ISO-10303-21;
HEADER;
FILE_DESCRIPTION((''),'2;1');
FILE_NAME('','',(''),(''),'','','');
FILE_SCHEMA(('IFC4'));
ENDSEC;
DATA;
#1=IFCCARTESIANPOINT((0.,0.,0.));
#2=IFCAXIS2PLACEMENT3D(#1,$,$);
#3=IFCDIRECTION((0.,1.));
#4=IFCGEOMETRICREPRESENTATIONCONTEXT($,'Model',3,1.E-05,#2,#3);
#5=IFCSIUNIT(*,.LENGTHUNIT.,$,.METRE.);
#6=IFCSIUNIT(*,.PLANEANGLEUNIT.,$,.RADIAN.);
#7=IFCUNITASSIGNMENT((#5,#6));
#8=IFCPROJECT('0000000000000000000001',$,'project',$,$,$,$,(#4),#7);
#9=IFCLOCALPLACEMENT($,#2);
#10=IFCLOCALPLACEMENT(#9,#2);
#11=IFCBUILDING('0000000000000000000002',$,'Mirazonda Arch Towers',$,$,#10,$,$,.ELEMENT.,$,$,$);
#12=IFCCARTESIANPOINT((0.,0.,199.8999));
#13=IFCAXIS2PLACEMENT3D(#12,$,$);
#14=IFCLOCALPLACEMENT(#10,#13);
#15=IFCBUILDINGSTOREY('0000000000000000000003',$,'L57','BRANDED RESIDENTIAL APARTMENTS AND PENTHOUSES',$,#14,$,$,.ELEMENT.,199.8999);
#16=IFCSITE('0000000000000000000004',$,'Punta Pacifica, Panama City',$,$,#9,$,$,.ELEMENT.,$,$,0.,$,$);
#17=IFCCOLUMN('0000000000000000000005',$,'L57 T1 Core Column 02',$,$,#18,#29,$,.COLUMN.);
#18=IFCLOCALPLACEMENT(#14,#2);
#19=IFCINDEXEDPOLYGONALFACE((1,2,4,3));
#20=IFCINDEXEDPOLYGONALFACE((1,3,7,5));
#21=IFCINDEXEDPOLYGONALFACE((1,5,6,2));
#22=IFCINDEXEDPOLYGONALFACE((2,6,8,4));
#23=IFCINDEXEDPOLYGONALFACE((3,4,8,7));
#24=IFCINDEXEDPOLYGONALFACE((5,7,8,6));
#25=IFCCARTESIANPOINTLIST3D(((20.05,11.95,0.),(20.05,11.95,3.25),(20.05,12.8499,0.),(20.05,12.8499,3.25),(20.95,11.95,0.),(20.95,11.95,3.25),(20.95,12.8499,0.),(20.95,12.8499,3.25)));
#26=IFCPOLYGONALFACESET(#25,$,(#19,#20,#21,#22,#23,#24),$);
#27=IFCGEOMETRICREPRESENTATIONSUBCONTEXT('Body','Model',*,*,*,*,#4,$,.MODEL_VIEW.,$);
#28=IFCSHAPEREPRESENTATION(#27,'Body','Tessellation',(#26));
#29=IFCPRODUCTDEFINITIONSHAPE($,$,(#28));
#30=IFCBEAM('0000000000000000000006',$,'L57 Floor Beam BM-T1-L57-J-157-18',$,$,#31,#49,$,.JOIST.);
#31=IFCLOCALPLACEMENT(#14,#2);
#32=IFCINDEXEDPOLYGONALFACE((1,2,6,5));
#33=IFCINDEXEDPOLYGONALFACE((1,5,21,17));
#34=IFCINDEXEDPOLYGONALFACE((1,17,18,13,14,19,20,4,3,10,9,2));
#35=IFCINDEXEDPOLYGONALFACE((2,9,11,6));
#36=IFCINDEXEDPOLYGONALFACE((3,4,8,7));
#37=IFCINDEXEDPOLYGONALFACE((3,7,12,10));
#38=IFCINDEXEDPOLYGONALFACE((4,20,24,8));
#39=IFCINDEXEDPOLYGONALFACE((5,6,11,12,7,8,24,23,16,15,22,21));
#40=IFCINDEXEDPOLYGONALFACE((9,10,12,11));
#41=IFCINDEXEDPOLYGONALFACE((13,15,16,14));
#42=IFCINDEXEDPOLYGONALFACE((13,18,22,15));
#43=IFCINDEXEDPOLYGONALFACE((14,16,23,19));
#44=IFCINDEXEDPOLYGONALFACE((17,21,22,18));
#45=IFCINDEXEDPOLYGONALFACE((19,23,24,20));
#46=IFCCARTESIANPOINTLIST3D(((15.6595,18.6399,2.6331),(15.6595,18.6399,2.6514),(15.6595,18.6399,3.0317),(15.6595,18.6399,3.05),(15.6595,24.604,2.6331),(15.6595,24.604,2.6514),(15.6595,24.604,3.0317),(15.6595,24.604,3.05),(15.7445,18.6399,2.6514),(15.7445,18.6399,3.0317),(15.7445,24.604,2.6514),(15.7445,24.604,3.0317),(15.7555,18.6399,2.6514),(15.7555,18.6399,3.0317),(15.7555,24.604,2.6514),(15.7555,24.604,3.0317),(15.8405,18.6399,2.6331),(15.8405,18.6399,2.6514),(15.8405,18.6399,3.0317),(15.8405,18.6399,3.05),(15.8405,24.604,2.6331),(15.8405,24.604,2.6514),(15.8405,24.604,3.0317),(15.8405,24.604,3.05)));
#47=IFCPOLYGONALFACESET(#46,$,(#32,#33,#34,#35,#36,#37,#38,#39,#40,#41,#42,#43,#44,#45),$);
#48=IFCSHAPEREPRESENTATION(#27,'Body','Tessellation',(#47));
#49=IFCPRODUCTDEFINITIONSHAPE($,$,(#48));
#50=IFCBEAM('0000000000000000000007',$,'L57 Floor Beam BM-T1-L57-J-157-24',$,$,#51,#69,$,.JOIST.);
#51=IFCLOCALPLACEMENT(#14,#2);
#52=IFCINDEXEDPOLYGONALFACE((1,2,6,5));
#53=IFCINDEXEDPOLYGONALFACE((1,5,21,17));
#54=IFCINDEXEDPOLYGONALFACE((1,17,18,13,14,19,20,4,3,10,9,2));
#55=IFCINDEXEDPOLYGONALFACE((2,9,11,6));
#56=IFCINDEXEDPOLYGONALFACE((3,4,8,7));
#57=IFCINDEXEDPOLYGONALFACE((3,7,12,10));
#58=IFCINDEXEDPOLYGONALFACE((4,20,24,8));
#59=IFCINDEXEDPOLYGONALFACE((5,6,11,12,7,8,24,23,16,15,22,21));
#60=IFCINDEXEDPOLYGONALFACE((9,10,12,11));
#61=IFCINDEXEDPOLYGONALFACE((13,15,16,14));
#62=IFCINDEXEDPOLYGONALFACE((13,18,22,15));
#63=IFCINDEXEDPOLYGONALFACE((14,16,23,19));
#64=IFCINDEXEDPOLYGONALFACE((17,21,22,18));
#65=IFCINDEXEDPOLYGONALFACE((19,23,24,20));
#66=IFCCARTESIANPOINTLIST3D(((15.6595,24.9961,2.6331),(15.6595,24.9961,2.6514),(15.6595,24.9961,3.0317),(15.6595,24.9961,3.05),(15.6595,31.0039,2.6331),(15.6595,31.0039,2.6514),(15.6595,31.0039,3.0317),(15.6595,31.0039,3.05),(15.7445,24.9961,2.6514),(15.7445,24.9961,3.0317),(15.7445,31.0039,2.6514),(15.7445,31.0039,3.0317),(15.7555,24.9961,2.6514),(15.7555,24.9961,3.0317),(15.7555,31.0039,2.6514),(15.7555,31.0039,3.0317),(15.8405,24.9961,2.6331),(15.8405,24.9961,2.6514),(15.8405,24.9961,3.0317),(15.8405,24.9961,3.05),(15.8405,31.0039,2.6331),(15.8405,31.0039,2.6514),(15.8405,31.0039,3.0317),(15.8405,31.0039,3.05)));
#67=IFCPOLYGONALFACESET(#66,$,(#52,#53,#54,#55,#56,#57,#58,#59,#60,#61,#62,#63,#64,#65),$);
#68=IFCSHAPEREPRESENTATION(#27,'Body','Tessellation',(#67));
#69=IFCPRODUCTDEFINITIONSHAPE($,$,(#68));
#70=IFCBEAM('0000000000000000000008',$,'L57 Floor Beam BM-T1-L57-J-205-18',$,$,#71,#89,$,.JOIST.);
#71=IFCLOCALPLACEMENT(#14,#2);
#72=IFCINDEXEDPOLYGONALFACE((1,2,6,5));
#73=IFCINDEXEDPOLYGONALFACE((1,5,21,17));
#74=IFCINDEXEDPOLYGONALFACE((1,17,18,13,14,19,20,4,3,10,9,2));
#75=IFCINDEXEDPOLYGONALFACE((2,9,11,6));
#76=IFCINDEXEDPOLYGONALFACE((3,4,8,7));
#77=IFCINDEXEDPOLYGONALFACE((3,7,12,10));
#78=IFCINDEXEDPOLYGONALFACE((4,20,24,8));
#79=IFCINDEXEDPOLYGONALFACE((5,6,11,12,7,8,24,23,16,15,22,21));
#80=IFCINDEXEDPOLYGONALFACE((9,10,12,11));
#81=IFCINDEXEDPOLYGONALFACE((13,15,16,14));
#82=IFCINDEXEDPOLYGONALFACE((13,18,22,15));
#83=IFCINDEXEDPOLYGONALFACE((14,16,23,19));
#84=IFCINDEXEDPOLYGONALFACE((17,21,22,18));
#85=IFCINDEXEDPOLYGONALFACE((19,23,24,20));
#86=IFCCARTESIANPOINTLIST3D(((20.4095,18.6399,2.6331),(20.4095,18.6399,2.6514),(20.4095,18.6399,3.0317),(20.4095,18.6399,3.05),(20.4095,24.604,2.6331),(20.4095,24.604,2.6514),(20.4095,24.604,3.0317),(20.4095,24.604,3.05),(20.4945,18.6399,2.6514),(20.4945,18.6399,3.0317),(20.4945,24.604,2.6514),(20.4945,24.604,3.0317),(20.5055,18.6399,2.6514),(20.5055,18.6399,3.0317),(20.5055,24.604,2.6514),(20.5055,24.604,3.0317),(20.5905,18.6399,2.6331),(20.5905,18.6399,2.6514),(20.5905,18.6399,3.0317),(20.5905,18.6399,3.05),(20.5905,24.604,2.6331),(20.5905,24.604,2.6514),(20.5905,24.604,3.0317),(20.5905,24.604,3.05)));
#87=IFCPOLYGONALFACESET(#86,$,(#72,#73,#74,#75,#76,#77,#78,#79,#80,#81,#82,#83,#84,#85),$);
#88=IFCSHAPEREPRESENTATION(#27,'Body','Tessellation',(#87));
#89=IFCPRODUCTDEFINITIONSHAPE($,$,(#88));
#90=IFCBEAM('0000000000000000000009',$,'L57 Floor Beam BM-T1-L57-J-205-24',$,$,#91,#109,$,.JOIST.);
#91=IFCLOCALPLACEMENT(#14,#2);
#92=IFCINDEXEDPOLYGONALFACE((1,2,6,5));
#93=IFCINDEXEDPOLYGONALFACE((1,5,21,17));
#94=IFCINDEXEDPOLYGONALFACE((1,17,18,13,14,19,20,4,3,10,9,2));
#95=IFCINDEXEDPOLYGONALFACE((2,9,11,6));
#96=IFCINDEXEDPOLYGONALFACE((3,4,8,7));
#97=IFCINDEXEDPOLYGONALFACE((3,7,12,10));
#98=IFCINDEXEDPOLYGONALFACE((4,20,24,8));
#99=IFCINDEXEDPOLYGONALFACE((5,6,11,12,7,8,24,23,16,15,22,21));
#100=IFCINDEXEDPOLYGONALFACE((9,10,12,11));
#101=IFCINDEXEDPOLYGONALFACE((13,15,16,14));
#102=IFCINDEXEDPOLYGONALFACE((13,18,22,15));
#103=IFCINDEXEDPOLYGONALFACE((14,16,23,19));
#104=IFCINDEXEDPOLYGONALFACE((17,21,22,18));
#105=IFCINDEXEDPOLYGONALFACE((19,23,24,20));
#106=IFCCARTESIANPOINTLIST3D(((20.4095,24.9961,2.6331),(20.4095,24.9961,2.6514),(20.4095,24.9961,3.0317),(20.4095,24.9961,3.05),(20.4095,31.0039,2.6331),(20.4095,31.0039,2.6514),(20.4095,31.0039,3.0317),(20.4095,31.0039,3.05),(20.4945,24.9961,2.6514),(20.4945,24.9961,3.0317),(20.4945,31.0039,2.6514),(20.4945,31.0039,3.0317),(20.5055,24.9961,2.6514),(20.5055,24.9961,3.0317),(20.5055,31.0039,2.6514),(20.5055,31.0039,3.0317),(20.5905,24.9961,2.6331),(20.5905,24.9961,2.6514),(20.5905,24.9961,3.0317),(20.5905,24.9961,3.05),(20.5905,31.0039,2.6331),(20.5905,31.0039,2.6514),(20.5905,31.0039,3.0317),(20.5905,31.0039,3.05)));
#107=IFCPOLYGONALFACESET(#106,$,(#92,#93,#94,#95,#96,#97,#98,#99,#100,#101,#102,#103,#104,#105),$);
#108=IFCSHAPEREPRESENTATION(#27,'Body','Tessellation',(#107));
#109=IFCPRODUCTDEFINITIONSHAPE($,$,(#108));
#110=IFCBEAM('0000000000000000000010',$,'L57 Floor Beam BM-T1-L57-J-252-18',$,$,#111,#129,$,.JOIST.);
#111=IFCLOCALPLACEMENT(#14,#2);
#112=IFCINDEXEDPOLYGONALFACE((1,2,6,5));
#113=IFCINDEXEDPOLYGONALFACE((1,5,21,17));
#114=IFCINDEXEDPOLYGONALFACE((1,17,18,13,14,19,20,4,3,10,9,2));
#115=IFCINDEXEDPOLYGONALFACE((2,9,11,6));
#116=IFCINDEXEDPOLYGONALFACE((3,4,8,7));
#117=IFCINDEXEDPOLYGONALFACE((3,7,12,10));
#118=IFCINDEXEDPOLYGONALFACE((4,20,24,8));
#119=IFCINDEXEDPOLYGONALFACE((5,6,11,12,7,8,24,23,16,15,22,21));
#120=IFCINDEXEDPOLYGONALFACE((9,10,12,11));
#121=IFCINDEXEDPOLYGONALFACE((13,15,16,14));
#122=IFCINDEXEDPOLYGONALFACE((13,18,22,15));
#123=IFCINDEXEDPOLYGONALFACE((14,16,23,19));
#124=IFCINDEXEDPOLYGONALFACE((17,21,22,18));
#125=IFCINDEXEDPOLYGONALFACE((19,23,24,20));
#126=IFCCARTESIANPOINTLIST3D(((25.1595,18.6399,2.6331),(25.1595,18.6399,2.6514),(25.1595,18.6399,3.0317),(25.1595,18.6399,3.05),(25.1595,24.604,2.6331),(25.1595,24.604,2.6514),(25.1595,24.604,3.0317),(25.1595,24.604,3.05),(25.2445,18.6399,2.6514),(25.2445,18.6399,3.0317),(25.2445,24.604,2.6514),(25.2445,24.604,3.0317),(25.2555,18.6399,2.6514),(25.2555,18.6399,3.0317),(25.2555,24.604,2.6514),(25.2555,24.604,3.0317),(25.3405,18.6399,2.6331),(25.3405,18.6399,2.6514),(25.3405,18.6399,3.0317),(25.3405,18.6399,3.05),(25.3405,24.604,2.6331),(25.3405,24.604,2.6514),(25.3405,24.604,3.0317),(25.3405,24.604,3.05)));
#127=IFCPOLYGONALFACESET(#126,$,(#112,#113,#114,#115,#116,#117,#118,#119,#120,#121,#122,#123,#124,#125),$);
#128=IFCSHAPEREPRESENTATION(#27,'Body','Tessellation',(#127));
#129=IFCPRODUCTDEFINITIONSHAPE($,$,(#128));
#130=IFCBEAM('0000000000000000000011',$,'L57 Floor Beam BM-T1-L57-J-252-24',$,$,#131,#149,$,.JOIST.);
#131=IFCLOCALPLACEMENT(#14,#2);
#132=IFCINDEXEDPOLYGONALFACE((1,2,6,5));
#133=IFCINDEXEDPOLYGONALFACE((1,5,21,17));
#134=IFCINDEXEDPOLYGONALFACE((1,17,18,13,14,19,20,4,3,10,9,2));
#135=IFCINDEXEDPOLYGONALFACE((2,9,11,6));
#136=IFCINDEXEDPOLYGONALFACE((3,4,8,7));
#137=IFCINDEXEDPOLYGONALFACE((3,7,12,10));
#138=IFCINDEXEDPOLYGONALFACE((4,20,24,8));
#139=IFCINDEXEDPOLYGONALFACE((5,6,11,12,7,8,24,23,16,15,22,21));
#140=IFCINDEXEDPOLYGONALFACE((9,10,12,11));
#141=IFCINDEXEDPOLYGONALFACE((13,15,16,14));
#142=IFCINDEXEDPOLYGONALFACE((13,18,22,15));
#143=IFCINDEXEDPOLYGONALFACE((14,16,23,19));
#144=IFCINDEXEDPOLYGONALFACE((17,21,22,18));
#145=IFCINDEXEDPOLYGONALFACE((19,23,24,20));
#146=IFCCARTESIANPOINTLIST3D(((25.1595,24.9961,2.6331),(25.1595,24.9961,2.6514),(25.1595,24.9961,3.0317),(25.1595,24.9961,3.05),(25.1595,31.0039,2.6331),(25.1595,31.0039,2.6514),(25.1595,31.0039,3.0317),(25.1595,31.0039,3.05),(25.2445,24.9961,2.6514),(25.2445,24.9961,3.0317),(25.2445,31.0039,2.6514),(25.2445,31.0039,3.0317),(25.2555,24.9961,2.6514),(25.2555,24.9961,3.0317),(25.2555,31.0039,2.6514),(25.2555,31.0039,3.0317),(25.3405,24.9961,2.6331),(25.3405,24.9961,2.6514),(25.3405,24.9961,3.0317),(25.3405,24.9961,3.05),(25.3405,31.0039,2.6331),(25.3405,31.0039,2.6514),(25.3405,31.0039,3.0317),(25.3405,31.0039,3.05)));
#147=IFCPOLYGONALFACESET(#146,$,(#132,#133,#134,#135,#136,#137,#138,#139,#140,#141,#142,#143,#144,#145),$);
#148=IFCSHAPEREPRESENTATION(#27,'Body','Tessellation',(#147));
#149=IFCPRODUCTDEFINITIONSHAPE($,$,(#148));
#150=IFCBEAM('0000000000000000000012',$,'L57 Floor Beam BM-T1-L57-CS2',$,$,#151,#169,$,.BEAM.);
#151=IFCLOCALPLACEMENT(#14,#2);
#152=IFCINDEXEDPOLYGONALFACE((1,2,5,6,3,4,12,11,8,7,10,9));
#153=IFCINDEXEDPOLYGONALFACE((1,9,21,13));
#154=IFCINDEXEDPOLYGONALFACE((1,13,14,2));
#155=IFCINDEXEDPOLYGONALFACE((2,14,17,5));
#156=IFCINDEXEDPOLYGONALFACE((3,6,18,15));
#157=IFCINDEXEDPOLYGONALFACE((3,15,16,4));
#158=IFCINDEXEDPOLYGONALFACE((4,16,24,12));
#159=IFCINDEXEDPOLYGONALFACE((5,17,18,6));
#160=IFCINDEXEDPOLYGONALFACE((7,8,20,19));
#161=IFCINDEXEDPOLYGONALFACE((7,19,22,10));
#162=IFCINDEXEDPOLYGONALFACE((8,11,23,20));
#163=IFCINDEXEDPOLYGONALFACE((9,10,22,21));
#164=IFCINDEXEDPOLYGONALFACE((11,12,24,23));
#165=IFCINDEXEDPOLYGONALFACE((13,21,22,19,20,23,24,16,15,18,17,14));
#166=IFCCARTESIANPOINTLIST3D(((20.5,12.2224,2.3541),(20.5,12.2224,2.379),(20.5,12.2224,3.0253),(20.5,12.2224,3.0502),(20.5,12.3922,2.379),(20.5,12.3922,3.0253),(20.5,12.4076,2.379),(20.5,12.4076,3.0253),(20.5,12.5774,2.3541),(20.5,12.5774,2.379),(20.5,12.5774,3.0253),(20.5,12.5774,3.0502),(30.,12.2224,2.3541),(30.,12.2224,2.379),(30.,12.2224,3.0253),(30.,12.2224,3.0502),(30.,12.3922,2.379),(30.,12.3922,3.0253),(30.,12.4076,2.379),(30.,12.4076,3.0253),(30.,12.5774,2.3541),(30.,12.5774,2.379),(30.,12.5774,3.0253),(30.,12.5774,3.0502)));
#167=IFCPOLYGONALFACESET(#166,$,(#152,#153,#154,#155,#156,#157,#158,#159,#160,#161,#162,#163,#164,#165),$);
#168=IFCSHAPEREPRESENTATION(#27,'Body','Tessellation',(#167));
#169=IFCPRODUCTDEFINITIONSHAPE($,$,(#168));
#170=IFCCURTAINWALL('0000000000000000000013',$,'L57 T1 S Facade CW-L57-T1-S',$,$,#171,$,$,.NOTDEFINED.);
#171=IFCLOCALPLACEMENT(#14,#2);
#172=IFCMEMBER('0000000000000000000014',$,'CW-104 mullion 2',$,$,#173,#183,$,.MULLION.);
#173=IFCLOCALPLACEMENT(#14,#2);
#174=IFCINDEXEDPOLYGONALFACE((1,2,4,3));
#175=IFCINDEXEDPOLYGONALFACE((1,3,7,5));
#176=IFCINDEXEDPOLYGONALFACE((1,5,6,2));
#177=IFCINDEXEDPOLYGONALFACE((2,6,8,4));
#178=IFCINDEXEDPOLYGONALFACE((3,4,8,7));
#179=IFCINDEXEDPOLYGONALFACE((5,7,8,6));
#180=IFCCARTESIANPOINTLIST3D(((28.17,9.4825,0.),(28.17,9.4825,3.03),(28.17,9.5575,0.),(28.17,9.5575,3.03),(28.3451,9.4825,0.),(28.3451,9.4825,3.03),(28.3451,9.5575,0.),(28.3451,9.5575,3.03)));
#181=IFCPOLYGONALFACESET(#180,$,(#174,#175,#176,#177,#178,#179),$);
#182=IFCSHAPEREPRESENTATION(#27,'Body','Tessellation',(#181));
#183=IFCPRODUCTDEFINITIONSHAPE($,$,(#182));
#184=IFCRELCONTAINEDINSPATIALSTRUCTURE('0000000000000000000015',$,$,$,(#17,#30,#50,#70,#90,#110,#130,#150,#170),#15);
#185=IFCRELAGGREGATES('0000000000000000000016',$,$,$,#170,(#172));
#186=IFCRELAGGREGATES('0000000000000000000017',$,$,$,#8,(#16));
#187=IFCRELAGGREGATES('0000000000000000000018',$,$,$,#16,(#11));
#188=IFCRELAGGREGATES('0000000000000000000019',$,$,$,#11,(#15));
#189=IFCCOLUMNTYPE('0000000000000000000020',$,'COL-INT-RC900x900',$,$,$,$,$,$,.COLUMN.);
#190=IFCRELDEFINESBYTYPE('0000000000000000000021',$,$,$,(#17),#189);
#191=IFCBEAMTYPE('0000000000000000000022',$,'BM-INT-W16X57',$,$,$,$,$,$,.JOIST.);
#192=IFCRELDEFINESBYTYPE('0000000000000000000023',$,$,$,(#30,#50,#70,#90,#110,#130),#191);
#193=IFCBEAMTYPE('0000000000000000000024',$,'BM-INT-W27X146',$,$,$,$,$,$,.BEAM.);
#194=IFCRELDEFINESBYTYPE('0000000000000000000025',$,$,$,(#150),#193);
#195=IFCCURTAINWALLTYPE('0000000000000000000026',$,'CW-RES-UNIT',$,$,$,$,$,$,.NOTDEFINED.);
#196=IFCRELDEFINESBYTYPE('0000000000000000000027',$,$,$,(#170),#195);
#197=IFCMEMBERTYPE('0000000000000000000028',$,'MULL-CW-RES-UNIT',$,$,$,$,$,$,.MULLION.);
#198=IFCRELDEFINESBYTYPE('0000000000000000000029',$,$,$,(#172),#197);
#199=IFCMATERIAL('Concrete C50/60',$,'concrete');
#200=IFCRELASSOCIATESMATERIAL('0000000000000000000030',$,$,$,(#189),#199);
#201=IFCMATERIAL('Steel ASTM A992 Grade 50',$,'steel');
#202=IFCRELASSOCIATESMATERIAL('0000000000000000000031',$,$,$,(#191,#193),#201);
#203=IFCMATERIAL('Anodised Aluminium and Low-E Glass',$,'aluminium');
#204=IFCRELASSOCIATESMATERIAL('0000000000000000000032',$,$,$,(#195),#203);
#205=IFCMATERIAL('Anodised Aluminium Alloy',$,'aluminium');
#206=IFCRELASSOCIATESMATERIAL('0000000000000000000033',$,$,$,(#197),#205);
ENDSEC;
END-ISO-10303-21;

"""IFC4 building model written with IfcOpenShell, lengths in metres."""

from ifc_helpers import new_model, si_unit, direction, frame, origin, origin_2d, place, context, subcontext, project, spatial, rectangle, i_section, extrude, material, material_profile, profile_set, type_object, element, aggregate, save


model = new_model("IFC4")

# Units and contexts
model_context = context("Model", 3, precision=1e-05, world=origin(), true_north=direction((0.0, 1.0)))
body_context = subcontext(model_context, "Body", "Model", "MODEL_VIEW")
ifc_project = project(units=[si_unit("LENGTHUNIT", "METRE"), si_unit("PLANEANGLEUNIT", "RADIAN")], contexts=[model_context])

# Site, building, storey
site_placement = place(None, origin())
site = spatial("IfcSite", under=ifc_project, at=site_placement, Name="Punta Pacifica, Panama City", CompositionType="ELEMENT", RefElevation=0.0)
building_placement = place(site_placement, origin())
building = spatial("IfcBuilding", under=site, at=building_placement, Name="Mirazonda Arch Towers", CompositionType="ELEMENT")
storey_placement = place(building_placement, frame((0.0, 0.0, 199.8999)))
storey = spatial("IfcBuildingStorey", under=building, at=storey_placement, Name="L57", Description="BRANDED RESIDENTIAL APARTMENTS AND PENTHOUSES", CompositionType="ELEMENT", Elevation=199.8999)

# Column
ifc_material_1 = material(Name="Concrete C50/60", Category="concrete")
ifc_material_profile_1 = material_profile(ifc_material_1, rectangle(XDim=0.8999, YDim=0.8999, at=origin_2d()), Name="RC900x900")
ifc_profile_set_1 = profile_set([ifc_material_profile_1], Name="Concrete C50/60")
column_type = type_object("IfcColumnType", Name="COL-INT-RC900x900", PredefinedType="COLUMN", material=ifc_profile_set_1)
column_placement = place(storey_placement, frame((20.5, 12.3999, 0.0), z_axis=(0.0, 0.0, 1.0), x_axis=(1.0, 0.0, 0.0)))
element("IfcColumn", 1, at=column_placement, inside=storey, type_object=column_type, Name="L57 T1 Core Column 02", PredefinedType="COLUMN", context=body_context, shape_type="SweptSolid", body=[
    extrude(rectangle(XDim=0.8999, YDim=0.8999, at=origin_2d()), origin(), (0.0, 0.0, 1.0), 3.25),
])

# Beams
ifc_material_2 = material(Name="Steel ASTM A992 Grade 50", Category="steel")
ifc_material_profile_2 = material_profile(ifc_material_2, i_section(OverallWidth=0.1809, OverallDepth=0.417, WebThickness=0.011, FlangeThickness=0.0183, at=origin_2d()), Name="W16X57")
ifc_profile_set_2 = profile_set([ifc_material_profile_2], Name="Steel ASTM A992 Grade 50")
beam_type_1 = type_object("IfcBeamType", Name="BM-INT-W16X57", PredefinedType="JOIST", material=ifc_profile_set_2)
beam_1_placement = place(storey_placement, frame((15.75, 18.6399, 2.8416), z_axis=(0.0, 1.0, 0.0), x_axis=(-1.0, 0.0, 0.0)))
element("IfcBeam", 2, at=beam_1_placement, inside=storey, type_object=beam_type_1, Name="L57 Floor Beam BM-T1-L57-J-157-18", PredefinedType="JOIST", context=body_context, shape_type="SweptSolid", body=[
    extrude(i_section(OverallWidth=0.1809, OverallDepth=0.417, WebThickness=0.011, FlangeThickness=0.0183, at=origin_2d()), origin(), (0.0, 0.0, 1.0), 5.9641),
])
beam_2_placement = place(storey_placement, frame((15.75, 24.9961, 2.8416), z_axis=(0.0, 1.0, 0.0), x_axis=(-1.0, 0.0, 0.0)))
element("IfcBeam", 3, at=beam_2_placement, inside=storey, type_object=beam_type_1, Name="L57 Floor Beam BM-T1-L57-J-157-24", PredefinedType="JOIST", context=body_context, shape_type="SweptSolid", body=[
    extrude(i_section(OverallWidth=0.1809, OverallDepth=0.417, WebThickness=0.011, FlangeThickness=0.0183, at=origin_2d()), origin(), (0.0, 0.0, 1.0), 6.0078),
])
beam_3_placement = place(storey_placement, frame((20.5, 18.6399, 2.8416), z_axis=(0.0, 1.0, 0.0), x_axis=(-1.0, 0.0, 0.0)))
element("IfcBeam", 4, at=beam_3_placement, inside=storey, type_object=beam_type_1, Name="L57 Floor Beam BM-T1-L57-J-205-18", PredefinedType="JOIST", context=body_context, shape_type="SweptSolid", body=[
    extrude(i_section(OverallWidth=0.1809, OverallDepth=0.417, WebThickness=0.011, FlangeThickness=0.0183, at=origin_2d()), origin(), (0.0, 0.0, 1.0), 5.9641),
])
beam_4_placement = place(storey_placement, frame((20.5, 24.9961, 2.8416), z_axis=(0.0, 1.0, 0.0), x_axis=(-1.0, 0.0, 0.0)))
element("IfcBeam", 5, at=beam_4_placement, inside=storey, type_object=beam_type_1, Name="L57 Floor Beam BM-T1-L57-J-205-24", PredefinedType="JOIST", context=body_context, shape_type="SweptSolid", body=[
    extrude(i_section(OverallWidth=0.1809, OverallDepth=0.417, WebThickness=0.011, FlangeThickness=0.0183, at=origin_2d()), origin(), (0.0, 0.0, 1.0), 6.0078),
])
beam_5_placement = place(storey_placement, frame((25.25, 18.6399, 2.8416), z_axis=(0.0, 1.0, 0.0), x_axis=(-1.0, 0.0, 0.0)))
element("IfcBeam", 6, at=beam_5_placement, inside=storey, type_object=beam_type_1, Name="L57 Floor Beam BM-T1-L57-J-252-18", PredefinedType="JOIST", context=body_context, shape_type="SweptSolid", body=[
    extrude(i_section(OverallWidth=0.1809, OverallDepth=0.417, WebThickness=0.011, FlangeThickness=0.0183, at=origin_2d()), origin(), (0.0, 0.0, 1.0), 5.9641),
])
beam_6_placement = place(storey_placement, frame((25.25, 24.9961, 2.8416), z_axis=(0.0, 1.0, 0.0), x_axis=(-1.0, 0.0, 0.0)))
element("IfcBeam", 7, at=beam_6_placement, inside=storey, type_object=beam_type_1, Name="L57 Floor Beam BM-T1-L57-J-252-24", PredefinedType="JOIST", context=body_context, shape_type="SweptSolid", body=[
    extrude(i_section(OverallWidth=0.1809, OverallDepth=0.417, WebThickness=0.011, FlangeThickness=0.0183, at=origin_2d()), origin(), (0.0, 0.0, 1.0), 6.0078),
])
ifc_material_profile_3 = material_profile(ifc_material_2, i_section(OverallWidth=0.355, OverallDepth=0.696, WebThickness=0.0154, FlangeThickness=0.0249, at=origin_2d()), Name="W27X146")
ifc_profile_set_3 = profile_set([ifc_material_profile_3], Name="Steel ASTM A992 Grade 50")
beam_type_2 = type_object("IfcBeamType", Name="BM-INT-W27X146", PredefinedType="BEAM", material=ifc_profile_set_3)
beam_7_placement = place(storey_placement, frame((20.5, 12.3999, 2.7021), z_axis=(1.0, 0.0, 0.0), x_axis=(0.0, 1.0, 0.0)))
element("IfcBeam", 8, at=beam_7_placement, inside=storey, type_object=beam_type_2, Name="L57 Floor Beam BM-T1-L57-CS2", PredefinedType="BEAM", context=body_context, shape_type="SweptSolid", body=[
    extrude(i_section(OverallWidth=0.355, OverallDepth=0.696, WebThickness=0.0154, FlangeThickness=0.0249, at=origin_2d()), origin(), (0.0, 0.0, 1.0), 9.5),
])

# Curtain wall, member
ifc_material_3 = material(Name="Anodised Aluminium and Low-E Glass", Category="aluminium")
curtain_wall_type = type_object("IfcCurtainWallType", Name="CW-RES-UNIT", PredefinedType="NOTDEFINED", material=ifc_material_3)
curtain_wall_placement = place(storey_placement, origin())
curtain_wall = element("IfcCurtainWall", 9, at=curtain_wall_placement, inside=storey, type_object=curtain_wall_type, Name="L57 T1 S Facade CW-L57-T1-S", PredefinedType="NOTDEFINED")
ifc_material_4 = material(Name="Anodised Aluminium Alloy", Category="aluminium")
ifc_material_profile_4 = material_profile(ifc_material_4, rectangle(XDim=0.075, YDim=0.175, at=origin_2d()), Name="ALU-MULL-75x175")
ifc_profile_set_4 = profile_set([ifc_material_profile_4], Name="Anodised Aluminium Alloy")
member_type_1 = type_object("IfcMemberType", Name="MULL-CW-RES-UNIT", PredefinedType="MULLION", material=ifc_profile_set_4)
member_1_placement = place(storey_placement, frame((28.2576, 9.52, 0.0), z_axis=(0.0, 0.0, 1.0), x_axis=(0.0, -1.0, 0.0)))
member_1 = element("IfcMember", 10, at=member_1_placement, type_object=member_type_1, Name="CW-104 mullion 2", PredefinedType="MULLION", context=body_context, shape_type="SweptSolid", body=[
    extrude(rectangle(XDim=0.075, YDim=0.175, at=origin_2d()), origin(), (0.0, 0.0, 1.0), 3.03),
])
aggregate(curtain_wall, [member_1])

save(model, "model.ifc")
